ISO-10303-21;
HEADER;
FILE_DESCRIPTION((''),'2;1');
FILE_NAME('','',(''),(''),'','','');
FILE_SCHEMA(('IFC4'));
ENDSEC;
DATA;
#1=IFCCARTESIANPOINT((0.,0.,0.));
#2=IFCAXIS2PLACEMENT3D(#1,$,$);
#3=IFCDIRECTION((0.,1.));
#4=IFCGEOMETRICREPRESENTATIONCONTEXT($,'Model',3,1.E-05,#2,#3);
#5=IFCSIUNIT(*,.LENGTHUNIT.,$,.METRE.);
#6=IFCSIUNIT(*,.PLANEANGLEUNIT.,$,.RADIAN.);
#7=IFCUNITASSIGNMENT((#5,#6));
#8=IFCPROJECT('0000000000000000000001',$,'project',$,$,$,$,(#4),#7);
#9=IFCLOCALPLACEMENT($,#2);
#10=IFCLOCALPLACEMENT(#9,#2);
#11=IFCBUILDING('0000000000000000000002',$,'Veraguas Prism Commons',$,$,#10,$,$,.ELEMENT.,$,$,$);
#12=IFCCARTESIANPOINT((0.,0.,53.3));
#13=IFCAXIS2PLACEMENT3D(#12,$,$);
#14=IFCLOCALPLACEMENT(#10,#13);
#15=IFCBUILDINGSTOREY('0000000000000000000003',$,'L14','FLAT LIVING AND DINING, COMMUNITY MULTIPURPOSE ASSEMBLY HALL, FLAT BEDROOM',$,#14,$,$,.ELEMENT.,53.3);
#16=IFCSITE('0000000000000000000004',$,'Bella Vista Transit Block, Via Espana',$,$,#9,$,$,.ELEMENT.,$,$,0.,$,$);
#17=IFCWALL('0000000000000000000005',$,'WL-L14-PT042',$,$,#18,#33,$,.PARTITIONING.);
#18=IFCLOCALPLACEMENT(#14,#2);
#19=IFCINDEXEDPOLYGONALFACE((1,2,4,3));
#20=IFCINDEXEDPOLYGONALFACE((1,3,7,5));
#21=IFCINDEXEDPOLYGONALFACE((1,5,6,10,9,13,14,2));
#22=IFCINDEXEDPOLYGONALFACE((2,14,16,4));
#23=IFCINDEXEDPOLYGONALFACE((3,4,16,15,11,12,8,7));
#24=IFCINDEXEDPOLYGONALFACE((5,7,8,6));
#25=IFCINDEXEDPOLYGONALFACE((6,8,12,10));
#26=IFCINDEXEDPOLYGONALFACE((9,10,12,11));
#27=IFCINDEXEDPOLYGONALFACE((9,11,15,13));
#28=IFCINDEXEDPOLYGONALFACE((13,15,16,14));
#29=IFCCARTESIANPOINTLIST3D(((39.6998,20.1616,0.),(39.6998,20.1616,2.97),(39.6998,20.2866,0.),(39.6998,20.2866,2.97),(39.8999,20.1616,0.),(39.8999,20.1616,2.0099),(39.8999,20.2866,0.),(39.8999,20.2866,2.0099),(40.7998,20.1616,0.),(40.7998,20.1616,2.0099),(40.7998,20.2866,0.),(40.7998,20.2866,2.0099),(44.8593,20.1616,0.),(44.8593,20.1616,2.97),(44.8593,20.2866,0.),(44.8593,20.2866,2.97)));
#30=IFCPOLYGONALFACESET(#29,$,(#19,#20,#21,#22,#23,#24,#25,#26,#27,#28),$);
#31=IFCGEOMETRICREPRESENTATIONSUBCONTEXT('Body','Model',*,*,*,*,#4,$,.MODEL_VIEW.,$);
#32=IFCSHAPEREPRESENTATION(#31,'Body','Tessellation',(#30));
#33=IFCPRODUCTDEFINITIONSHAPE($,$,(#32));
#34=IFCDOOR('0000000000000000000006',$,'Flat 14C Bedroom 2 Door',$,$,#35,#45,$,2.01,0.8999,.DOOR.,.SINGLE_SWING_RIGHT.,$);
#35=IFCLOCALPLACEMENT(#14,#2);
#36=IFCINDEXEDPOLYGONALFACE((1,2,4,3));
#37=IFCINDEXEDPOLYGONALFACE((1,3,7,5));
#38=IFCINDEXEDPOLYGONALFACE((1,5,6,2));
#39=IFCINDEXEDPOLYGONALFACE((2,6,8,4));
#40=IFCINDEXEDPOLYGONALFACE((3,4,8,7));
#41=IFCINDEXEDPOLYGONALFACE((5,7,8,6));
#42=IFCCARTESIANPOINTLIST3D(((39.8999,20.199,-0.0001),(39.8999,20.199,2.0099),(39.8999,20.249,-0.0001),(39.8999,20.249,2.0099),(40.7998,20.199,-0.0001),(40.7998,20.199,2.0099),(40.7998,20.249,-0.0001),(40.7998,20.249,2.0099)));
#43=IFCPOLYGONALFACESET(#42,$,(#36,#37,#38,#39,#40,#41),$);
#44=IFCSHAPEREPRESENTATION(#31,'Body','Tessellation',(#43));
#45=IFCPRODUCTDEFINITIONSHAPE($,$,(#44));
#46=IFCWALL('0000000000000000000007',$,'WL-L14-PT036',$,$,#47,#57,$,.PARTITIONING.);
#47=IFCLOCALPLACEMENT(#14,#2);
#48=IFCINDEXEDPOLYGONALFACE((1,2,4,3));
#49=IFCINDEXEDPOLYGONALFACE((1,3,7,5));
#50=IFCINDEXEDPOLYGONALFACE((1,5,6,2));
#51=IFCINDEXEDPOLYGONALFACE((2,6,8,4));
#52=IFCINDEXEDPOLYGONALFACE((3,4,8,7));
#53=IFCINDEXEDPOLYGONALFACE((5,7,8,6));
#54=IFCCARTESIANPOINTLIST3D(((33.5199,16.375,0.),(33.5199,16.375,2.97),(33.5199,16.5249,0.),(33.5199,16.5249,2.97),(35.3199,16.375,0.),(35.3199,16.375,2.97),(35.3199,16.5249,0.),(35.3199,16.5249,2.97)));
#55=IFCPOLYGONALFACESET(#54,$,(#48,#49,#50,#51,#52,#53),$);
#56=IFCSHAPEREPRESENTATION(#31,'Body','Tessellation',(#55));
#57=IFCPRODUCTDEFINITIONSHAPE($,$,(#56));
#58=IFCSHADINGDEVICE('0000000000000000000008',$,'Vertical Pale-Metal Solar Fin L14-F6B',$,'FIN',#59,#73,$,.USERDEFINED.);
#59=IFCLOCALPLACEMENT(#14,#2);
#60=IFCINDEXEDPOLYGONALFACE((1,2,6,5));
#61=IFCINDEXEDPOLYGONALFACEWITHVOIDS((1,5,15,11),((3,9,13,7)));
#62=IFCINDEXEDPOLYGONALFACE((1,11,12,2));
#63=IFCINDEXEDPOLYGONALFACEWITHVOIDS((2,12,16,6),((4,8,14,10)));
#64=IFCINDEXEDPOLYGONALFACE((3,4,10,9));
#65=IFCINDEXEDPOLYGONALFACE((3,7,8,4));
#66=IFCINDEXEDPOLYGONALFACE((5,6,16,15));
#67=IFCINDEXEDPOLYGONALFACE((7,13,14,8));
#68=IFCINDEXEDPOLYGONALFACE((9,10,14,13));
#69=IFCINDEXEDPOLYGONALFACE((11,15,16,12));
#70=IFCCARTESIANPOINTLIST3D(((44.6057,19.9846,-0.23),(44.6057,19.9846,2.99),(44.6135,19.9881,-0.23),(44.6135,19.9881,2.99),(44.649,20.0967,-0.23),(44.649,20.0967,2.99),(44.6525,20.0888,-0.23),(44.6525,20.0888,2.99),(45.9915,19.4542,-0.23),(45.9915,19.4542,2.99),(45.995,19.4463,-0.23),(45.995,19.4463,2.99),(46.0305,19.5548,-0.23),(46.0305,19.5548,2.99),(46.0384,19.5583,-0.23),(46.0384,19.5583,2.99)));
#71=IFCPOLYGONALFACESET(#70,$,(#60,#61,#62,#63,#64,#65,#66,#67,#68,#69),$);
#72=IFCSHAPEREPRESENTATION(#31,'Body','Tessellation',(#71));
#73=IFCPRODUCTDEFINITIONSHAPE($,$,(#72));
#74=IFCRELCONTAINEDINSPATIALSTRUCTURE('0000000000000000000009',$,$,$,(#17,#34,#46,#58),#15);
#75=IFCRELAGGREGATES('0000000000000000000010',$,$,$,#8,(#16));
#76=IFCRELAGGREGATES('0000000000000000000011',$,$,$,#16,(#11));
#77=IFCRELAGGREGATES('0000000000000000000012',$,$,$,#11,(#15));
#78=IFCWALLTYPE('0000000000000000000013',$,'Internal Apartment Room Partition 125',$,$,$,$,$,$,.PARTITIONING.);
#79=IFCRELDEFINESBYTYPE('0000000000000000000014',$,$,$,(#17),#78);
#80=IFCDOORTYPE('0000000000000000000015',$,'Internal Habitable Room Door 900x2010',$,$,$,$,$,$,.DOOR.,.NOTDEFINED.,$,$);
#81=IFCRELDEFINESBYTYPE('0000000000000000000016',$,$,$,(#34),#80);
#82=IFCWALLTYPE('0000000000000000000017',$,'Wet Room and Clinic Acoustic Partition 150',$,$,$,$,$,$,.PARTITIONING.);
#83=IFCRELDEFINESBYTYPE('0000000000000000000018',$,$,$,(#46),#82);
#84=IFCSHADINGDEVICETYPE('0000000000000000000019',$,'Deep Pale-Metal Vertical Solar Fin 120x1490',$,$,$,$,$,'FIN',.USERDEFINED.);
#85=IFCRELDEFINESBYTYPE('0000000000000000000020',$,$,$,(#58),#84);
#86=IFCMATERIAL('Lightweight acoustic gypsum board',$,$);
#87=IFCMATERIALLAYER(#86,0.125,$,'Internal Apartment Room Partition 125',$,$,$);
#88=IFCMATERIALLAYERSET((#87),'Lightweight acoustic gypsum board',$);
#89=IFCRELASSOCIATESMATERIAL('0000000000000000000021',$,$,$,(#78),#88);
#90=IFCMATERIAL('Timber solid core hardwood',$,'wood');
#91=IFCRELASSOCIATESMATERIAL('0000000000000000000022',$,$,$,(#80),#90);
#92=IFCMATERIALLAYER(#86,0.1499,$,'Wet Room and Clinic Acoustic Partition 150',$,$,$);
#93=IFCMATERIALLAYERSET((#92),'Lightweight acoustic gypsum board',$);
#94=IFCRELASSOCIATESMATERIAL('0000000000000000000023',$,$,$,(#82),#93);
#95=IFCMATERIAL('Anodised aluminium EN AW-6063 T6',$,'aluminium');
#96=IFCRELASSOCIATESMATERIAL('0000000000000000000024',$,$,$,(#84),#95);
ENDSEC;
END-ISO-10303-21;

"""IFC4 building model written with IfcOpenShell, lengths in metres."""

from ifc_helpers import new_model, si_unit, direction, frame, frame_2d, origin, origin_2d, place, context, subcontext, project, spatial, rectangle, hollow_rectangle, extrude, source, transform, mapped, material, layer, layer_set, material_profile, profile_set, type_object, element, fill, save


model = new_model("IFC4")

# Units and contexts
model_context = context("Model", 3, precision=1e-05, world=origin(), true_north=direction((0.0, 1.0)))
body_context = subcontext(model_context, "Body", "Model", "MODEL_VIEW")
ifc_project = project(units=[si_unit("LENGTHUNIT", "METRE"), si_unit("PLANEANGLEUNIT", "RADIAN")], contexts=[model_context])

# Site, building, storey
site_placement = place(None, origin())
site = spatial("IfcSite", under=ifc_project, at=site_placement, Name="Bella Vista Transit Block, Via Espana", CompositionType="ELEMENT", RefElevation=0.0)
building_placement = place(site_placement, origin())
building = spatial("IfcBuilding", under=site, at=building_placement, Name="Veraguas Prism Commons", CompositionType="ELEMENT")
storey_placement = place(building_placement, frame((0.0, 0.0, 53.3)))
storey = spatial("IfcBuildingStorey", under=building, at=storey_placement, Name="L14", Description="FLAT LIVING AND DINING, COMMUNITY MULTIPURPOSE ASSEMBLY HALL, FLAT BEDROOM", CompositionType="ELEMENT", Elevation=53.3)

# Shared definitions
ifc_material_1 = material(Name="Anodised aluminium EN AW-6063 T6", Category="aluminium")

# Shared definitions
ifc_material_2 = material(Name="Lightweight acoustic gypsum board")
ifc_layer_1 = layer(ifc_material_2, 0.125, Name="Internal Apartment Room Partition 125")
ifc_layer_set_1 = layer_set([ifc_layer_1], Name="Lightweight acoustic gypsum board")
wall_type_1 = type_object("IfcWallType", Name="Internal Apartment Room Partition 125", PredefinedType="PARTITIONING", material=ifc_layer_set_1)
ifc_material_3 = material(Name="Timber solid core hardwood", Category="wood")
door_type_1 = type_object("IfcDoorType", Name="Internal Habitable Room Door 900x2010", OperationType="NOTDEFINED", PredefinedType="DOOR", material=ifc_material_3)
shared_shape_1 = source(origin(), body_context, "Body", "SweptSolid", [
    extrude(rectangle(XDim=0.8999, YDim=2.01, at=frame_2d((0.45, 1.0049))), frame((0.0, 0.0249, 0.0), z_axis=(0.0, -1.0, 0.0), x_axis=(1.0, 0.0, 0.0)), (0.0, 0.0, 1.0), 0.05),
])

# Wall, opening, door
wall_1_placement = place(storey_placement, frame((39.7, 20.2241, 0.0), z_axis=(0.0, 0.0, 1.0), x_axis=(1.0, 0.0, 0.0)))
wall_1 = element("IfcWall", 1, at=wall_1_placement, inside=storey, type_object=wall_type_1, Name="WL-L14-PT042", PredefinedType="PARTITIONING", context=body_context, shape_type="SweptSolid", body=[
    extrude(rectangle(XDim=5.1594, YDim=0.125, at=frame_2d((2.5796, 0.0))), origin(), (0.0, 0.0, 1.0), 2.97),
])
opening_1_placement = place(wall_1_placement, frame((0.2, 0.0, 0.0)))
opening_1 = element("IfcOpeningElement", 2, at=opening_1_placement, cuts=wall_1, PredefinedType="OPENING", context=body_context, shape_type="SweptSolid", body=[
    extrude(rectangle(XDim=0.8999, YDim=2.01, at=frame_2d((0.45, 1.0049))), frame((0.0, 0.0725, 0.0), z_axis=(0.0, -1.0, 0.0), x_axis=(1.0, 0.0, 0.0)), (0.0, 0.0, 1.0), 0.145),
])
door_1_placement = place(opening_1_placement, origin())
door_1 = element("IfcDoor", 3, at=door_1_placement, inside=storey, type_object=door_type_1, Name="Flat 14C Bedroom 2 Door", OperationType="SINGLE_SWING_RIGHT", OverallHeight=2.01, OverallWidth=0.8999, PredefinedType="DOOR", context=body_context, shape_type="MappedRepresentation", body=[
    mapped(shared_shape_1, transform((0.0, 0.0, 0.0), scale=1.0)),
])
fill(opening_1, door_1)

# Wall
ifc_layer_2 = layer(ifc_material_2, 0.1499, Name="Wet Room and Clinic Acoustic Partition 150")
ifc_layer_set_2 = layer_set([ifc_layer_2], Name="Lightweight acoustic gypsum board")
wall_type_2 = type_object("IfcWallType", Name="Wet Room and Clinic Acoustic Partition 150", PredefinedType="PARTITIONING", material=ifc_layer_set_2)
wall_2_placement = place(storey_placement, frame((33.52, 16.45, 0.0), z_axis=(0.0, 0.0, 1.0), x_axis=(1.0, 0.0, 0.0)))
element("IfcWall", 4, at=wall_2_placement, inside=storey, type_object=wall_type_2, Name="WL-L14-PT036", PredefinedType="PARTITIONING", context=body_context, shape_type="SweptSolid", body=[
    extrude(rectangle(XDim=1.8, YDim=0.1499, at=frame_2d((0.8999, 0.0))), origin(), (0.0, 0.0, 1.0), 2.97),
])

# Shading device
ifc_material_profile_1 = material_profile(ifc_material_1, hollow_rectangle(XDim=0.1201, YDim=1.49, WallThickness=0.0061, at=origin_2d()), Name="FIN120X1490X6")
ifc_profile_set_1 = profile_set([ifc_material_profile_1], Name="Anodised aluminium EN AW-6063 T6")
shading_device_type = type_object("IfcShadingDeviceType", Name="Deep Pale-Metal Vertical Solar Fin 120x1490", ElementType="FIN", PredefinedType="USERDEFINED", material=ifc_profile_set_1)
shading_device_placement = place(storey_placement, frame((45.322, 19.7715, -0.23), z_axis=(0.0, 0.0, 1.0), x_axis=(0.361297, 0.932451, 0.0)))
element("IfcShadingDevice", 5, at=shading_device_placement, inside=storey, type_object=shading_device_type, Name="Vertical Pale-Metal Solar Fin L14-F6B", ObjectType="FIN", PredefinedType="USERDEFINED", context=body_context, shape_type="SweptSolid", body=[
    extrude(hollow_rectangle(XDim=0.1201, YDim=1.49, WallThickness=0.0061, at=origin_2d()), origin(), (0.0, 0.0, 1.0), 3.22),
])

save(model, "model.ifc")
